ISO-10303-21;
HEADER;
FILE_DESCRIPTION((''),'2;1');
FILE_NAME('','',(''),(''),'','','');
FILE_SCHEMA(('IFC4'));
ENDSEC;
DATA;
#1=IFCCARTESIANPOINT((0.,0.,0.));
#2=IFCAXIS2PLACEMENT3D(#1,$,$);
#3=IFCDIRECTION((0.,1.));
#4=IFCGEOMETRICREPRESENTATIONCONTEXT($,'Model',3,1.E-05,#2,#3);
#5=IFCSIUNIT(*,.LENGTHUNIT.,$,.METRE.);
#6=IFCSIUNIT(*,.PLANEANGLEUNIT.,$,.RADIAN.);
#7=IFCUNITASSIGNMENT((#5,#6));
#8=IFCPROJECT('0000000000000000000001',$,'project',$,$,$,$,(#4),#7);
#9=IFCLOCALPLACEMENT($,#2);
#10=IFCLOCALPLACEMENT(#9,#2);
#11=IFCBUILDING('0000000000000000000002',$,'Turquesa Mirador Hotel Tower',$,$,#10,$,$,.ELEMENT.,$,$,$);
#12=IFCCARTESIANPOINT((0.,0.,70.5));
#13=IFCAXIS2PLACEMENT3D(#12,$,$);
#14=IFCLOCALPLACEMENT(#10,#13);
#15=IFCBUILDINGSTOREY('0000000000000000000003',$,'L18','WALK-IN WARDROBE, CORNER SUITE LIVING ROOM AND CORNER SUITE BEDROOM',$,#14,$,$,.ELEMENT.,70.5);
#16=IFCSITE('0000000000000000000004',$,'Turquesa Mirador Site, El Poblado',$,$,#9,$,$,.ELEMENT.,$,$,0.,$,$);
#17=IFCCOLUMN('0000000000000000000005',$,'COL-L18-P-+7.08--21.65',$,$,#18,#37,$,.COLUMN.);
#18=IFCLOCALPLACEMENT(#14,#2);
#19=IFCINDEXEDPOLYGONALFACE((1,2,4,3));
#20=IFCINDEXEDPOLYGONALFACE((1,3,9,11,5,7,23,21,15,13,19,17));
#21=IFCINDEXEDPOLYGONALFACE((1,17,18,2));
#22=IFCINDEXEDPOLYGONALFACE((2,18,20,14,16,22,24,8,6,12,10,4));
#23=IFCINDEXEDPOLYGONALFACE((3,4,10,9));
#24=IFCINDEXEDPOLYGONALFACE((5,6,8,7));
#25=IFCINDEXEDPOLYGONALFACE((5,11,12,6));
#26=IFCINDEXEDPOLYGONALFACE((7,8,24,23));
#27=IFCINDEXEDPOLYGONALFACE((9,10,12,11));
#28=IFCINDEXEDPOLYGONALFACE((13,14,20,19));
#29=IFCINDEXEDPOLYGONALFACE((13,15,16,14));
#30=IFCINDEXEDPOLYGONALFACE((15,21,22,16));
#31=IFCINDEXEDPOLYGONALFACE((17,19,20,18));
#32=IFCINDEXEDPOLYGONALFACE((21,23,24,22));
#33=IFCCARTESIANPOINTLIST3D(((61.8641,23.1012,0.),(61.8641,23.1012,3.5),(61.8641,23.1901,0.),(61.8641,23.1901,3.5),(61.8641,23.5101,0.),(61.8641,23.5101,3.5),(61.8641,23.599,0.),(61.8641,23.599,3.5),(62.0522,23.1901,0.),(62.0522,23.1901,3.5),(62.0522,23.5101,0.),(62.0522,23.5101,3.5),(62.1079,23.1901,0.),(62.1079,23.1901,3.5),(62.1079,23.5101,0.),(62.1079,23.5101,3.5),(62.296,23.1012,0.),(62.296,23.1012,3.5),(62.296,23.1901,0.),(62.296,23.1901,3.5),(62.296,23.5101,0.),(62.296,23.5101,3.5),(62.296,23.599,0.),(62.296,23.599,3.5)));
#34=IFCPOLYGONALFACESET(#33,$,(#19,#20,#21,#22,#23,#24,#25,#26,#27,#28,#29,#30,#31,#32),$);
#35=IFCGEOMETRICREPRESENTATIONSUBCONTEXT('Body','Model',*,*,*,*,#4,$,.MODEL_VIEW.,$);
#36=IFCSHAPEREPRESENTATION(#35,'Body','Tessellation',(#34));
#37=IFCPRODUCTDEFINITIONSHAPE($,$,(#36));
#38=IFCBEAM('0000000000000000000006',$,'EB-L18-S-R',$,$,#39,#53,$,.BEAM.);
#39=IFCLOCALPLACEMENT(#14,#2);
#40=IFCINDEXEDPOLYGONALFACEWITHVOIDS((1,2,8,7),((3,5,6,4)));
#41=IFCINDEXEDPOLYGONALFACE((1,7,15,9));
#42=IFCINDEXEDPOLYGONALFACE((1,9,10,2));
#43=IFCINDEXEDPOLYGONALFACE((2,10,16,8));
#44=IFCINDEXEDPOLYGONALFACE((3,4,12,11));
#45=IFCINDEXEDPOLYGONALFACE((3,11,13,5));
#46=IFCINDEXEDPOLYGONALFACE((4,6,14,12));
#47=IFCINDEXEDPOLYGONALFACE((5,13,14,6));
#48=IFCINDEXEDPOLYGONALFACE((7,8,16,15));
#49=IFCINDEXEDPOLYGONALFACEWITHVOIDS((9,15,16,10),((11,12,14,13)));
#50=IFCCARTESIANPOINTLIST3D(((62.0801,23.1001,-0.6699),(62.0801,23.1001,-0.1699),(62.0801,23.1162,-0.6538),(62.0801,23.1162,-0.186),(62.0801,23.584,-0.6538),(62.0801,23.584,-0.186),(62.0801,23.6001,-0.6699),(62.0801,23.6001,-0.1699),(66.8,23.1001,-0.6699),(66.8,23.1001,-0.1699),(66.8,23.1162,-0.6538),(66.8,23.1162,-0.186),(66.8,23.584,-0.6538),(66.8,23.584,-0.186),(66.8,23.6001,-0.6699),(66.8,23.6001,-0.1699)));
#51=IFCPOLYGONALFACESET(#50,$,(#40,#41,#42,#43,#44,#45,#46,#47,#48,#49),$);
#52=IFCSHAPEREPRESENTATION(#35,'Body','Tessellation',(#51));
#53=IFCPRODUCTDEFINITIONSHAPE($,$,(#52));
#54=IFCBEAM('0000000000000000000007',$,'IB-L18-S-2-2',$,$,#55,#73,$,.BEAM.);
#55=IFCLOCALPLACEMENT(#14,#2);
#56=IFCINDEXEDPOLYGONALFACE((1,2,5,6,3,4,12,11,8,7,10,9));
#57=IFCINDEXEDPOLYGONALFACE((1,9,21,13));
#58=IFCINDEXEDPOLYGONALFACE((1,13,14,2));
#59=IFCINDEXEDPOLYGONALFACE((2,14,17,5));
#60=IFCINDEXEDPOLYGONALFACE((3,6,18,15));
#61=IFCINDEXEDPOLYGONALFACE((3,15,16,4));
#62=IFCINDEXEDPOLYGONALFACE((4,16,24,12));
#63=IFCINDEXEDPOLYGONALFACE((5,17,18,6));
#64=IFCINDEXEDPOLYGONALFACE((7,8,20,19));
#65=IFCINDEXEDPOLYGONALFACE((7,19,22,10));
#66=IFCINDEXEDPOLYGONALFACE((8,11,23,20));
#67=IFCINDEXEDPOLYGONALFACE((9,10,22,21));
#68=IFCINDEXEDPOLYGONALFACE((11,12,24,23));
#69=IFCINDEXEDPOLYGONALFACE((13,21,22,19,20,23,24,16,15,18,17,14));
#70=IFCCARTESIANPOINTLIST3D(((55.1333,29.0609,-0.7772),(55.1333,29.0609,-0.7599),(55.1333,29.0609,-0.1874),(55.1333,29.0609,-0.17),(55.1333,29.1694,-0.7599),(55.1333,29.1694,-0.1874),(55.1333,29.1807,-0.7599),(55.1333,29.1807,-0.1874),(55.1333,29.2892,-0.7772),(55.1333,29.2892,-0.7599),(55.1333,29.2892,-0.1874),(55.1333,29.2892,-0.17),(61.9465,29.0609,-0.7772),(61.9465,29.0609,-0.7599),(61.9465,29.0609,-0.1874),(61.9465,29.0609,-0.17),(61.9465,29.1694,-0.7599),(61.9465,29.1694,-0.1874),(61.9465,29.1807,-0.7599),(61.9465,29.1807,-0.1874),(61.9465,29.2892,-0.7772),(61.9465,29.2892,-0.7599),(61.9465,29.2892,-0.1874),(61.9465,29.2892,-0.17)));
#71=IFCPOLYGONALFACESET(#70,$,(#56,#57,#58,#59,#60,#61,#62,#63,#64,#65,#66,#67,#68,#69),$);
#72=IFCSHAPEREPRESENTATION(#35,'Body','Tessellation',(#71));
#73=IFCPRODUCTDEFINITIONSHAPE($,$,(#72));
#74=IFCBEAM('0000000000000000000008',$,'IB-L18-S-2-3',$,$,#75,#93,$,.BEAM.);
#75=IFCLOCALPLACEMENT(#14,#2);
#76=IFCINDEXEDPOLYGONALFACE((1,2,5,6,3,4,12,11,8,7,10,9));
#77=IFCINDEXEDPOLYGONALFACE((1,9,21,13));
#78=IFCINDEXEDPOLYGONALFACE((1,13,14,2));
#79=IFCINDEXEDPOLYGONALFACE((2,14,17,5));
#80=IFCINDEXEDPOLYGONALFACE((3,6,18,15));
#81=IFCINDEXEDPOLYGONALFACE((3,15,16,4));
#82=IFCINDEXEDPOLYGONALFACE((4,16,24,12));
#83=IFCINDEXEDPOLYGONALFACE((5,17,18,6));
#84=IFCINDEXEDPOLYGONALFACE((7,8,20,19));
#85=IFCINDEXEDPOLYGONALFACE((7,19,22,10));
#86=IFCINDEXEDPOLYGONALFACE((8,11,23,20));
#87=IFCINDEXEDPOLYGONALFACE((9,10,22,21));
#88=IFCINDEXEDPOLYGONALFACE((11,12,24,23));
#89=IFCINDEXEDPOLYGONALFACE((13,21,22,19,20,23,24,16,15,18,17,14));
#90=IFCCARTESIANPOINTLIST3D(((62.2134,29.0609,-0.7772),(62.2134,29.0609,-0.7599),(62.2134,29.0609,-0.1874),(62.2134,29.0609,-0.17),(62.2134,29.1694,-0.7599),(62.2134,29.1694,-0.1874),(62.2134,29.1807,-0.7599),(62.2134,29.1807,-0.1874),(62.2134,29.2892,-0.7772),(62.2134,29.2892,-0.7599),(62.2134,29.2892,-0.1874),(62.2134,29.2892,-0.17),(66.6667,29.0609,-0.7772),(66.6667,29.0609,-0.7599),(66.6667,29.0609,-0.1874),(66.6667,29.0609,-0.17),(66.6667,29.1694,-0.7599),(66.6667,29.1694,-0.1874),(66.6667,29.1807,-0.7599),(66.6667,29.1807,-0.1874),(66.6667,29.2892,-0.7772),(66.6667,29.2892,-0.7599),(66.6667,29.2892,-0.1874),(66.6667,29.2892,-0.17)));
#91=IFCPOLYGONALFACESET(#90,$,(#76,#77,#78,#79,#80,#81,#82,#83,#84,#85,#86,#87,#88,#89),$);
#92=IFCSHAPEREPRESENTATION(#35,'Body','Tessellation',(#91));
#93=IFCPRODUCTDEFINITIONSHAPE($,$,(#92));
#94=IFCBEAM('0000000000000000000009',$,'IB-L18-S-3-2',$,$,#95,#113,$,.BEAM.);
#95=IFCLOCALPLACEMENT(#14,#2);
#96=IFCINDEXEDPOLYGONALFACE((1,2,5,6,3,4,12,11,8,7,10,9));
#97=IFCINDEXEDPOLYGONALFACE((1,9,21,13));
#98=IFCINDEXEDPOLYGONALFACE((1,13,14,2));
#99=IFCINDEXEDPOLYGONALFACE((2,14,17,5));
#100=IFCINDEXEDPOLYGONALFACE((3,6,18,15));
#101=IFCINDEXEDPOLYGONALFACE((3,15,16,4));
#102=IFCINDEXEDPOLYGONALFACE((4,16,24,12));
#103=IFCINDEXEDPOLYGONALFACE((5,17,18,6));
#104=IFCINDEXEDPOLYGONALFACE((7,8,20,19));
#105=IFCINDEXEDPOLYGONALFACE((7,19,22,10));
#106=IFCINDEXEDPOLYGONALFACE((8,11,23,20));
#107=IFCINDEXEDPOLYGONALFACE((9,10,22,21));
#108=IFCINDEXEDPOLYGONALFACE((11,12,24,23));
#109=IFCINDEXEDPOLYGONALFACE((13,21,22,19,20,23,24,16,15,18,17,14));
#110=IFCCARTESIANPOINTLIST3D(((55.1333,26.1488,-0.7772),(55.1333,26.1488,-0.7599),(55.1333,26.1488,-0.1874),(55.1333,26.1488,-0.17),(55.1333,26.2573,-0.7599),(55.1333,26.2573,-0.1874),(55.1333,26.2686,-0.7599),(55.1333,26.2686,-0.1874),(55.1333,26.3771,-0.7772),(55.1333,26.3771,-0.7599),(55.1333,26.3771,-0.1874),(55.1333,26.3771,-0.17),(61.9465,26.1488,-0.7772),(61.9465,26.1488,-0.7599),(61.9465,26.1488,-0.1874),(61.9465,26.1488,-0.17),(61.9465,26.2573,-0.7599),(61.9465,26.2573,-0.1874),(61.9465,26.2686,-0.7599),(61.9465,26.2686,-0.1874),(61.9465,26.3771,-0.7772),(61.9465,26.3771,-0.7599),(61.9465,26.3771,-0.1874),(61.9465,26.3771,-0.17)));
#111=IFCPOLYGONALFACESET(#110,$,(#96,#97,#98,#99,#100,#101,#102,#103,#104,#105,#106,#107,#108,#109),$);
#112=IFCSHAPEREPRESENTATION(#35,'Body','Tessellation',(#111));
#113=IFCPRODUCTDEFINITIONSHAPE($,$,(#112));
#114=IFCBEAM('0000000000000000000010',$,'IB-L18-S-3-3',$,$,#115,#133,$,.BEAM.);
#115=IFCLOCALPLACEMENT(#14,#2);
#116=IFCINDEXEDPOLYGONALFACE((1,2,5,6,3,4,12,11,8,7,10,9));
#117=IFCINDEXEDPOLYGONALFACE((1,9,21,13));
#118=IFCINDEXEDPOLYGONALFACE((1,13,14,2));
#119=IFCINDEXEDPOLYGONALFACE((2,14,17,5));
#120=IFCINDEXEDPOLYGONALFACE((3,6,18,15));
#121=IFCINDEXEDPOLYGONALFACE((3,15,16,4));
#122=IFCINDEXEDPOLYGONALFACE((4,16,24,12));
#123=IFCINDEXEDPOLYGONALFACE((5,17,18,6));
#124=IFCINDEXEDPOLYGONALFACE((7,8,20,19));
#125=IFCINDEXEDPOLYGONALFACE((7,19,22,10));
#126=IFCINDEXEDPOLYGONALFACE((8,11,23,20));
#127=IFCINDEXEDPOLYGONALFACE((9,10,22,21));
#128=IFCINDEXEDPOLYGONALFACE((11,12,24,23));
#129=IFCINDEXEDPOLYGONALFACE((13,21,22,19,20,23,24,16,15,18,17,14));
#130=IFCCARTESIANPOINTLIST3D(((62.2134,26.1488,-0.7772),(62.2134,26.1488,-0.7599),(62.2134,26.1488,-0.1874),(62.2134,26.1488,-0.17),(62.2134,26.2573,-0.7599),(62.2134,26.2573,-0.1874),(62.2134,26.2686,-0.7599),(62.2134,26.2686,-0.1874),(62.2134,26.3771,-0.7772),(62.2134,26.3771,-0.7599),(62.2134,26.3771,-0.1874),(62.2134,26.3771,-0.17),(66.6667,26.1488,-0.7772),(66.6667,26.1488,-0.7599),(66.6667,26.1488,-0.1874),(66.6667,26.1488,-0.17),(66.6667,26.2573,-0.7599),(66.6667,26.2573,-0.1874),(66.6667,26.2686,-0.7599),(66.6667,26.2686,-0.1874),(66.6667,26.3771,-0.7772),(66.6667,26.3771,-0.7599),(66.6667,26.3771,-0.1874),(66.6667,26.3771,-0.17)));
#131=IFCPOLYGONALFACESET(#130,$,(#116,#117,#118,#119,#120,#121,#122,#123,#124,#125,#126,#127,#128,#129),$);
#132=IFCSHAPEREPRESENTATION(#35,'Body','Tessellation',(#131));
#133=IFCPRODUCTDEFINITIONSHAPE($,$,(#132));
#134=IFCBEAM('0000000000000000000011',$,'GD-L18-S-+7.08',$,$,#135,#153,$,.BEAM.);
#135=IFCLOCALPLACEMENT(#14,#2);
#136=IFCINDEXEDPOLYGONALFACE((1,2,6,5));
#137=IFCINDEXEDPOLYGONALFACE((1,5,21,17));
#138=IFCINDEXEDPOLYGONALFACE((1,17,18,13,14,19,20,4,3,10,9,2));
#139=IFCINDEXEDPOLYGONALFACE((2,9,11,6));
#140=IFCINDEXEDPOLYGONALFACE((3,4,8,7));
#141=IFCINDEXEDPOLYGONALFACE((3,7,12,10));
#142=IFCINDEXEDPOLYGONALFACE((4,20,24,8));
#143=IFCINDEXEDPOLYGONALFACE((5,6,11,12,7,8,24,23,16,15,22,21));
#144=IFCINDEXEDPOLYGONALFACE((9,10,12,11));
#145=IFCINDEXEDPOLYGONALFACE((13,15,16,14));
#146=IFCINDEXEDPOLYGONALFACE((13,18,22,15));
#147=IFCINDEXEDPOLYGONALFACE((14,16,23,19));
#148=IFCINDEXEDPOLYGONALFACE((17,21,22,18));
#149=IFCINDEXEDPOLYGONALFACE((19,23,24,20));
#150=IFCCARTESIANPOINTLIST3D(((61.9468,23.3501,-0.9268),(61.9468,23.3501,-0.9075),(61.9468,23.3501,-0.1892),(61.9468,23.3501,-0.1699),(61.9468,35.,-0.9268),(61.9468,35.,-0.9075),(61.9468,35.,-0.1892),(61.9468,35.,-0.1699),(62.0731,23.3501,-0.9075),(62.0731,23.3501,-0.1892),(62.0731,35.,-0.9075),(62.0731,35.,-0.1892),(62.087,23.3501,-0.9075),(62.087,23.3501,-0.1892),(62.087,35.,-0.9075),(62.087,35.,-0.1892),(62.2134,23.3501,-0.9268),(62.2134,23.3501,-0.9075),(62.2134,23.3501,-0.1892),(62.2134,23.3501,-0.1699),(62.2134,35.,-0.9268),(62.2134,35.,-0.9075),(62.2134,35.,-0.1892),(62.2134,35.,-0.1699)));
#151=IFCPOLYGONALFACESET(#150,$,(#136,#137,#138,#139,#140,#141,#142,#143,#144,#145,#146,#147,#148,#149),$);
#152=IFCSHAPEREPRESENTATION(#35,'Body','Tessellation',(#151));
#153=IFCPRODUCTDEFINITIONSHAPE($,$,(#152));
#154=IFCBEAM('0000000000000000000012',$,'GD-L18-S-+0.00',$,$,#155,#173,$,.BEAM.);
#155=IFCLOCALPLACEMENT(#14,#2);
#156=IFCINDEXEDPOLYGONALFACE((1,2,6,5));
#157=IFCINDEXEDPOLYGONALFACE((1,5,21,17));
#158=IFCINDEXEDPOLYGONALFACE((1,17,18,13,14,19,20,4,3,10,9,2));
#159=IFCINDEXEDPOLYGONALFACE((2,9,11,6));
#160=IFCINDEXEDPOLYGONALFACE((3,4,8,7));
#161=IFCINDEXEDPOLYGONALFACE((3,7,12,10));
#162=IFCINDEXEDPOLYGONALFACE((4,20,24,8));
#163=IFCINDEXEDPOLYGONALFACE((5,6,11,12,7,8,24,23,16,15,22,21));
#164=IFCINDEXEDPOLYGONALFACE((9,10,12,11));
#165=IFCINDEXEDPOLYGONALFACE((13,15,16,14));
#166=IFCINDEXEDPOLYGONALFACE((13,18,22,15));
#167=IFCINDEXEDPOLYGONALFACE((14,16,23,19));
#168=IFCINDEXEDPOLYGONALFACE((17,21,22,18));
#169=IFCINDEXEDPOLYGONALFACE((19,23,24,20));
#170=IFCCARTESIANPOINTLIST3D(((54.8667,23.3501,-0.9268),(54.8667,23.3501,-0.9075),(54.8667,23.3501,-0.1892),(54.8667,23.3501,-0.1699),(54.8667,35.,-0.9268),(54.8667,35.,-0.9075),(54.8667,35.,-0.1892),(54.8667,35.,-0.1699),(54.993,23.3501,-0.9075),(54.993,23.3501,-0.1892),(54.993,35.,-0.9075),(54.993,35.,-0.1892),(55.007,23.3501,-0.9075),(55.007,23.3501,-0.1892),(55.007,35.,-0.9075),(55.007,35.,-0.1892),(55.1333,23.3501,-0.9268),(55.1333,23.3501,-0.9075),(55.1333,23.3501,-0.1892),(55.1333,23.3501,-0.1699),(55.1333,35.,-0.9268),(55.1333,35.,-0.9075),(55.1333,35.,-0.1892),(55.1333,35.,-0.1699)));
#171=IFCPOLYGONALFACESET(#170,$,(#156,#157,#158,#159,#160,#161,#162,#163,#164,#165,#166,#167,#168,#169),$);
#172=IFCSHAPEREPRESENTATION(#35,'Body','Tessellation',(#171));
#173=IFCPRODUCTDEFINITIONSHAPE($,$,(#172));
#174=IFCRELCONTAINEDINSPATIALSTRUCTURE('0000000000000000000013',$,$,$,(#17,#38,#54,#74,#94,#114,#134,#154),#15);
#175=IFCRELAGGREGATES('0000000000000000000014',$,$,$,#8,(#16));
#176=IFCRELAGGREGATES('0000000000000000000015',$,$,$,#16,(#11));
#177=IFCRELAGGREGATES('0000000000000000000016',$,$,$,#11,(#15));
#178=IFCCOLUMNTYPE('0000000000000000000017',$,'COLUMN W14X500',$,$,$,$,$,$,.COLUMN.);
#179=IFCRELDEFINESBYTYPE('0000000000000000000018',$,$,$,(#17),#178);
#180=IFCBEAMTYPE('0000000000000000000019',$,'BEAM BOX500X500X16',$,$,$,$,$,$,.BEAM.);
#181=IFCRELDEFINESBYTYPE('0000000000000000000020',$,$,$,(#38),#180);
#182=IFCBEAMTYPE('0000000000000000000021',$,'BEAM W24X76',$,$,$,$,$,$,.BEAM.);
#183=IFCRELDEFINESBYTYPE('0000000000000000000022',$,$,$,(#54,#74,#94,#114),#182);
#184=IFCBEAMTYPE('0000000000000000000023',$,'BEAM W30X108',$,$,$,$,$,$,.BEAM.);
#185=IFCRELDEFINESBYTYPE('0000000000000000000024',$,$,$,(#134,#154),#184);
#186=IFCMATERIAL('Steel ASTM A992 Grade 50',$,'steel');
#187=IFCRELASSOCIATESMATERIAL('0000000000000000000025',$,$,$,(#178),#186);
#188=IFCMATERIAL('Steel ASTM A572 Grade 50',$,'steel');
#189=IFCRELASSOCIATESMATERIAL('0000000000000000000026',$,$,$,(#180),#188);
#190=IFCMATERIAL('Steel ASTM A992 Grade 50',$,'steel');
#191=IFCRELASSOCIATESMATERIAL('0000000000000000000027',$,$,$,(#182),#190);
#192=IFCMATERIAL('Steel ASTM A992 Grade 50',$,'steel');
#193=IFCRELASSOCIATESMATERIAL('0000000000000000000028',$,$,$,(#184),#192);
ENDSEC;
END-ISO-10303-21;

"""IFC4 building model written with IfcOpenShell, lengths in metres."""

from ifc_helpers import new_model, si_unit, direction, frame, origin, origin_2d, place, context, subcontext, project, spatial, hollow_rectangle, i_section, extrude, material, material_profile, profile_set, type_object, element, save


model = new_model("IFC4")

# Units and contexts
model_context = context("Model", 3, precision=1e-05, world=origin(), true_north=direction((0.0, 1.0)))
body_context = subcontext(model_context, "Body", "Model", "MODEL_VIEW")
ifc_project = project(units=[si_unit("LENGTHUNIT", "METRE"), si_unit("PLANEANGLEUNIT", "RADIAN")], contexts=[model_context])

# Site, building, storey
site_placement = place(None, origin())
site = spatial("IfcSite", under=ifc_project, at=site_placement, Name="Turquesa Mirador Site, El Poblado", CompositionType="ELEMENT", RefElevation=0.0)
building_placement = place(site_placement, origin())
building = spatial("IfcBuilding", under=site, at=building_placement, Name="Turquesa Mirador Hotel Tower", CompositionType="ELEMENT")
storey_placement = place(building_placement, frame((0.0, 0.0, 70.5)))
storey = spatial("IfcBuildingStorey", under=building, at=storey_placement, Name="L18", Description="WALK-IN WARDROBE, CORNER SUITE LIVING ROOM AND CORNER SUITE BEDROOM", CompositionType="ELEMENT", Elevation=70.5)

# Column
ifc_material_1 = material(Name="Steel ASTM A992 Grade 50", Category="steel")
ifc_material_profile_1 = material_profile(ifc_material_1, i_section(OverallWidth=0.4319, OverallDepth=0.4978, WebThickness=0.0557, FlangeThickness=0.0889, at=origin_2d()), Name="W14X500")
ifc_profile_set_1 = profile_set([ifc_material_profile_1], Name="Steel ASTM A992 Grade 50")
column_type = type_object("IfcColumnType", Name="COLUMN W14X500", PredefinedType="COLUMN", material=ifc_profile_set_1)
column_placement = place(storey_placement, frame((62.0801, 23.3501, 0.0), z_axis=(0.0, 0.0, 1.0), x_axis=(1.0, 0.0, 0.0)))
element("IfcColumn", 1, at=column_placement, inside=storey, type_object=column_type, Name="COL-L18-P-+7.08--21.65", PredefinedType="COLUMN", context=body_context, shape_type="SweptSolid", body=[
    extrude(i_section(OverallWidth=0.4319, OverallDepth=0.4978, WebThickness=0.0557, FlangeThickness=0.0889, at=origin_2d()), origin(), (0.0, 0.0, 1.0), 3.5),
])

# Beams
ifc_material_2 = material(Name="Steel ASTM A572 Grade 50", Category="steel")
ifc_material_profile_2 = material_profile(ifc_material_2, hollow_rectangle(XDim=0.5, YDim=0.5, WallThickness=0.0161, at=origin_2d()), Name="BOX500X500X16")
ifc_profile_set_2 = profile_set([ifc_material_profile_2], Name="Steel ASTM A572 Grade 50")
beam_type_1 = type_object("IfcBeamType", Name="BEAM BOX500X500X16", PredefinedType="BEAM", material=ifc_profile_set_2)
beam_1_placement = place(storey_placement, frame((62.0801, 23.3501, -0.4199), z_axis=(1.0, 0.0, 0.0), x_axis=(0.0, 1.0, 0.0)))
element("IfcBeam", 2, at=beam_1_placement, inside=storey, type_object=beam_type_1, Name="EB-L18-S-R", PredefinedType="BEAM", context=body_context, shape_type="SweptSolid", body=[
    extrude(hollow_rectangle(XDim=0.5, YDim=0.5, WallThickness=0.0161, at=origin_2d()), origin(), (0.0, 0.0, 1.0), 4.72),
])
ifc_material_3 = material(Name="Steel ASTM A992 Grade 50", Category="steel")
ifc_material_profile_3 = material_profile(ifc_material_3, i_section(OverallWidth=0.2283, OverallDepth=0.6072, WebThickness=0.0112, FlangeThickness=0.0173, at=origin_2d()), Name="W24X76")
ifc_profile_set_3 = profile_set([ifc_material_profile_3], Name="Steel ASTM A992 Grade 50")
beam_type_2 = type_object("IfcBeamType", Name="BEAM W24X76", PredefinedType="BEAM", material=ifc_profile_set_3)
beam_2_placement = place(storey_placement, frame((55.1333, 29.175, -0.4736), z_axis=(1.0, 0.0, 0.0), x_axis=(0.0, 1.0, 0.0)))
element("IfcBeam", 3, at=beam_2_placement, inside=storey, type_object=beam_type_2, Name="IB-L18-S-2-2", PredefinedType="BEAM", context=body_context, shape_type="SweptSolid", body=[
    extrude(i_section(OverallWidth=0.2283, OverallDepth=0.6072, WebThickness=0.0112, FlangeThickness=0.0173, at=origin_2d()), origin(), (0.0, 0.0, 1.0), 6.8132),
])
beam_3_placement = place(storey_placement, frame((62.2134, 29.175, -0.4736), z_axis=(1.0, 0.0, 0.0), x_axis=(0.0, 1.0, 0.0)))
element("IfcBeam", 4, at=beam_3_placement, inside=storey, type_object=beam_type_2, Name="IB-L18-S-2-3", PredefinedType="BEAM", context=body_context, shape_type="SweptSolid", body=[
    extrude(i_section(OverallWidth=0.2283, OverallDepth=0.6072, WebThickness=0.0112, FlangeThickness=0.0173, at=origin_2d()), origin(), (0.0, 0.0, 1.0), 4.4534),
])
beam_4_placement = place(storey_placement, frame((55.1333, 26.2629, -0.4736), z_axis=(1.0, 0.0, 0.0), x_axis=(0.0, 1.0, 0.0)))
element("IfcBeam", 5, at=beam_4_placement, inside=storey, type_object=beam_type_2, Name="IB-L18-S-3-2", PredefinedType="BEAM", context=body_context, shape_type="SweptSolid", body=[
    extrude(i_section(OverallWidth=0.2283, OverallDepth=0.6072, WebThickness=0.0112, FlangeThickness=0.0173, at=origin_2d()), origin(), (0.0, 0.0, 1.0), 6.8132),
])
beam_5_placement = place(storey_placement, frame((62.2134, 26.2629, -0.4736), z_axis=(1.0, 0.0, 0.0), x_axis=(0.0, 1.0, 0.0)))
element("IfcBeam", 6, at=beam_5_placement, inside=storey, type_object=beam_type_2, Name="IB-L18-S-3-3", PredefinedType="BEAM", context=body_context, shape_type="SweptSolid", body=[
    extrude(i_section(OverallWidth=0.2283, OverallDepth=0.6072, WebThickness=0.0112, FlangeThickness=0.0173, at=origin_2d()), origin(), (0.0, 0.0, 1.0), 4.4534),
])
ifc_material_4 = material(Name="Steel ASTM A992 Grade 50", Category="steel")
ifc_material_profile_4 = material_profile(ifc_material_4, i_section(OverallWidth=0.2666, OverallDepth=0.7568, WebThickness=0.0139, FlangeThickness=0.0193, at=origin_2d()), Name="W30X108")
ifc_profile_set_4 = profile_set([ifc_material_profile_4], Name="Steel ASTM A992 Grade 50")
beam_type_3 = type_object("IfcBeamType", Name="BEAM W30X108", PredefinedType="BEAM", material=ifc_profile_set_4)
for number, where, z_axis, x_axis, name in (
    (7, (62.0801, 23.3501, -0.5483), (0.0, 1.0, 0.0), (-1.0, 0.0, 0.0), "GD-L18-S-+7.08"),
    (8, (55.0, 23.3501, -0.5483), (0.0, 1.0, 0.0), (-1.0, 0.0, 0.0), "GD-L18-S-+0.00"),
):
    element("IfcBeam", number, at=place(storey_placement, frame(where, z_axis=z_axis, x_axis=x_axis)), inside=storey, type_object=beam_type_3, Name=name, PredefinedType="BEAM", context=body_context, shape_type="SweptSolid", body=[
        extrude(i_section(OverallWidth=0.2666, OverallDepth=0.7568, WebThickness=0.0139, FlangeThickness=0.0193, at=origin_2d()), origin(), (0.0, 0.0, 1.0), 11.6499),
    ])

save(model, "model.ifc")
